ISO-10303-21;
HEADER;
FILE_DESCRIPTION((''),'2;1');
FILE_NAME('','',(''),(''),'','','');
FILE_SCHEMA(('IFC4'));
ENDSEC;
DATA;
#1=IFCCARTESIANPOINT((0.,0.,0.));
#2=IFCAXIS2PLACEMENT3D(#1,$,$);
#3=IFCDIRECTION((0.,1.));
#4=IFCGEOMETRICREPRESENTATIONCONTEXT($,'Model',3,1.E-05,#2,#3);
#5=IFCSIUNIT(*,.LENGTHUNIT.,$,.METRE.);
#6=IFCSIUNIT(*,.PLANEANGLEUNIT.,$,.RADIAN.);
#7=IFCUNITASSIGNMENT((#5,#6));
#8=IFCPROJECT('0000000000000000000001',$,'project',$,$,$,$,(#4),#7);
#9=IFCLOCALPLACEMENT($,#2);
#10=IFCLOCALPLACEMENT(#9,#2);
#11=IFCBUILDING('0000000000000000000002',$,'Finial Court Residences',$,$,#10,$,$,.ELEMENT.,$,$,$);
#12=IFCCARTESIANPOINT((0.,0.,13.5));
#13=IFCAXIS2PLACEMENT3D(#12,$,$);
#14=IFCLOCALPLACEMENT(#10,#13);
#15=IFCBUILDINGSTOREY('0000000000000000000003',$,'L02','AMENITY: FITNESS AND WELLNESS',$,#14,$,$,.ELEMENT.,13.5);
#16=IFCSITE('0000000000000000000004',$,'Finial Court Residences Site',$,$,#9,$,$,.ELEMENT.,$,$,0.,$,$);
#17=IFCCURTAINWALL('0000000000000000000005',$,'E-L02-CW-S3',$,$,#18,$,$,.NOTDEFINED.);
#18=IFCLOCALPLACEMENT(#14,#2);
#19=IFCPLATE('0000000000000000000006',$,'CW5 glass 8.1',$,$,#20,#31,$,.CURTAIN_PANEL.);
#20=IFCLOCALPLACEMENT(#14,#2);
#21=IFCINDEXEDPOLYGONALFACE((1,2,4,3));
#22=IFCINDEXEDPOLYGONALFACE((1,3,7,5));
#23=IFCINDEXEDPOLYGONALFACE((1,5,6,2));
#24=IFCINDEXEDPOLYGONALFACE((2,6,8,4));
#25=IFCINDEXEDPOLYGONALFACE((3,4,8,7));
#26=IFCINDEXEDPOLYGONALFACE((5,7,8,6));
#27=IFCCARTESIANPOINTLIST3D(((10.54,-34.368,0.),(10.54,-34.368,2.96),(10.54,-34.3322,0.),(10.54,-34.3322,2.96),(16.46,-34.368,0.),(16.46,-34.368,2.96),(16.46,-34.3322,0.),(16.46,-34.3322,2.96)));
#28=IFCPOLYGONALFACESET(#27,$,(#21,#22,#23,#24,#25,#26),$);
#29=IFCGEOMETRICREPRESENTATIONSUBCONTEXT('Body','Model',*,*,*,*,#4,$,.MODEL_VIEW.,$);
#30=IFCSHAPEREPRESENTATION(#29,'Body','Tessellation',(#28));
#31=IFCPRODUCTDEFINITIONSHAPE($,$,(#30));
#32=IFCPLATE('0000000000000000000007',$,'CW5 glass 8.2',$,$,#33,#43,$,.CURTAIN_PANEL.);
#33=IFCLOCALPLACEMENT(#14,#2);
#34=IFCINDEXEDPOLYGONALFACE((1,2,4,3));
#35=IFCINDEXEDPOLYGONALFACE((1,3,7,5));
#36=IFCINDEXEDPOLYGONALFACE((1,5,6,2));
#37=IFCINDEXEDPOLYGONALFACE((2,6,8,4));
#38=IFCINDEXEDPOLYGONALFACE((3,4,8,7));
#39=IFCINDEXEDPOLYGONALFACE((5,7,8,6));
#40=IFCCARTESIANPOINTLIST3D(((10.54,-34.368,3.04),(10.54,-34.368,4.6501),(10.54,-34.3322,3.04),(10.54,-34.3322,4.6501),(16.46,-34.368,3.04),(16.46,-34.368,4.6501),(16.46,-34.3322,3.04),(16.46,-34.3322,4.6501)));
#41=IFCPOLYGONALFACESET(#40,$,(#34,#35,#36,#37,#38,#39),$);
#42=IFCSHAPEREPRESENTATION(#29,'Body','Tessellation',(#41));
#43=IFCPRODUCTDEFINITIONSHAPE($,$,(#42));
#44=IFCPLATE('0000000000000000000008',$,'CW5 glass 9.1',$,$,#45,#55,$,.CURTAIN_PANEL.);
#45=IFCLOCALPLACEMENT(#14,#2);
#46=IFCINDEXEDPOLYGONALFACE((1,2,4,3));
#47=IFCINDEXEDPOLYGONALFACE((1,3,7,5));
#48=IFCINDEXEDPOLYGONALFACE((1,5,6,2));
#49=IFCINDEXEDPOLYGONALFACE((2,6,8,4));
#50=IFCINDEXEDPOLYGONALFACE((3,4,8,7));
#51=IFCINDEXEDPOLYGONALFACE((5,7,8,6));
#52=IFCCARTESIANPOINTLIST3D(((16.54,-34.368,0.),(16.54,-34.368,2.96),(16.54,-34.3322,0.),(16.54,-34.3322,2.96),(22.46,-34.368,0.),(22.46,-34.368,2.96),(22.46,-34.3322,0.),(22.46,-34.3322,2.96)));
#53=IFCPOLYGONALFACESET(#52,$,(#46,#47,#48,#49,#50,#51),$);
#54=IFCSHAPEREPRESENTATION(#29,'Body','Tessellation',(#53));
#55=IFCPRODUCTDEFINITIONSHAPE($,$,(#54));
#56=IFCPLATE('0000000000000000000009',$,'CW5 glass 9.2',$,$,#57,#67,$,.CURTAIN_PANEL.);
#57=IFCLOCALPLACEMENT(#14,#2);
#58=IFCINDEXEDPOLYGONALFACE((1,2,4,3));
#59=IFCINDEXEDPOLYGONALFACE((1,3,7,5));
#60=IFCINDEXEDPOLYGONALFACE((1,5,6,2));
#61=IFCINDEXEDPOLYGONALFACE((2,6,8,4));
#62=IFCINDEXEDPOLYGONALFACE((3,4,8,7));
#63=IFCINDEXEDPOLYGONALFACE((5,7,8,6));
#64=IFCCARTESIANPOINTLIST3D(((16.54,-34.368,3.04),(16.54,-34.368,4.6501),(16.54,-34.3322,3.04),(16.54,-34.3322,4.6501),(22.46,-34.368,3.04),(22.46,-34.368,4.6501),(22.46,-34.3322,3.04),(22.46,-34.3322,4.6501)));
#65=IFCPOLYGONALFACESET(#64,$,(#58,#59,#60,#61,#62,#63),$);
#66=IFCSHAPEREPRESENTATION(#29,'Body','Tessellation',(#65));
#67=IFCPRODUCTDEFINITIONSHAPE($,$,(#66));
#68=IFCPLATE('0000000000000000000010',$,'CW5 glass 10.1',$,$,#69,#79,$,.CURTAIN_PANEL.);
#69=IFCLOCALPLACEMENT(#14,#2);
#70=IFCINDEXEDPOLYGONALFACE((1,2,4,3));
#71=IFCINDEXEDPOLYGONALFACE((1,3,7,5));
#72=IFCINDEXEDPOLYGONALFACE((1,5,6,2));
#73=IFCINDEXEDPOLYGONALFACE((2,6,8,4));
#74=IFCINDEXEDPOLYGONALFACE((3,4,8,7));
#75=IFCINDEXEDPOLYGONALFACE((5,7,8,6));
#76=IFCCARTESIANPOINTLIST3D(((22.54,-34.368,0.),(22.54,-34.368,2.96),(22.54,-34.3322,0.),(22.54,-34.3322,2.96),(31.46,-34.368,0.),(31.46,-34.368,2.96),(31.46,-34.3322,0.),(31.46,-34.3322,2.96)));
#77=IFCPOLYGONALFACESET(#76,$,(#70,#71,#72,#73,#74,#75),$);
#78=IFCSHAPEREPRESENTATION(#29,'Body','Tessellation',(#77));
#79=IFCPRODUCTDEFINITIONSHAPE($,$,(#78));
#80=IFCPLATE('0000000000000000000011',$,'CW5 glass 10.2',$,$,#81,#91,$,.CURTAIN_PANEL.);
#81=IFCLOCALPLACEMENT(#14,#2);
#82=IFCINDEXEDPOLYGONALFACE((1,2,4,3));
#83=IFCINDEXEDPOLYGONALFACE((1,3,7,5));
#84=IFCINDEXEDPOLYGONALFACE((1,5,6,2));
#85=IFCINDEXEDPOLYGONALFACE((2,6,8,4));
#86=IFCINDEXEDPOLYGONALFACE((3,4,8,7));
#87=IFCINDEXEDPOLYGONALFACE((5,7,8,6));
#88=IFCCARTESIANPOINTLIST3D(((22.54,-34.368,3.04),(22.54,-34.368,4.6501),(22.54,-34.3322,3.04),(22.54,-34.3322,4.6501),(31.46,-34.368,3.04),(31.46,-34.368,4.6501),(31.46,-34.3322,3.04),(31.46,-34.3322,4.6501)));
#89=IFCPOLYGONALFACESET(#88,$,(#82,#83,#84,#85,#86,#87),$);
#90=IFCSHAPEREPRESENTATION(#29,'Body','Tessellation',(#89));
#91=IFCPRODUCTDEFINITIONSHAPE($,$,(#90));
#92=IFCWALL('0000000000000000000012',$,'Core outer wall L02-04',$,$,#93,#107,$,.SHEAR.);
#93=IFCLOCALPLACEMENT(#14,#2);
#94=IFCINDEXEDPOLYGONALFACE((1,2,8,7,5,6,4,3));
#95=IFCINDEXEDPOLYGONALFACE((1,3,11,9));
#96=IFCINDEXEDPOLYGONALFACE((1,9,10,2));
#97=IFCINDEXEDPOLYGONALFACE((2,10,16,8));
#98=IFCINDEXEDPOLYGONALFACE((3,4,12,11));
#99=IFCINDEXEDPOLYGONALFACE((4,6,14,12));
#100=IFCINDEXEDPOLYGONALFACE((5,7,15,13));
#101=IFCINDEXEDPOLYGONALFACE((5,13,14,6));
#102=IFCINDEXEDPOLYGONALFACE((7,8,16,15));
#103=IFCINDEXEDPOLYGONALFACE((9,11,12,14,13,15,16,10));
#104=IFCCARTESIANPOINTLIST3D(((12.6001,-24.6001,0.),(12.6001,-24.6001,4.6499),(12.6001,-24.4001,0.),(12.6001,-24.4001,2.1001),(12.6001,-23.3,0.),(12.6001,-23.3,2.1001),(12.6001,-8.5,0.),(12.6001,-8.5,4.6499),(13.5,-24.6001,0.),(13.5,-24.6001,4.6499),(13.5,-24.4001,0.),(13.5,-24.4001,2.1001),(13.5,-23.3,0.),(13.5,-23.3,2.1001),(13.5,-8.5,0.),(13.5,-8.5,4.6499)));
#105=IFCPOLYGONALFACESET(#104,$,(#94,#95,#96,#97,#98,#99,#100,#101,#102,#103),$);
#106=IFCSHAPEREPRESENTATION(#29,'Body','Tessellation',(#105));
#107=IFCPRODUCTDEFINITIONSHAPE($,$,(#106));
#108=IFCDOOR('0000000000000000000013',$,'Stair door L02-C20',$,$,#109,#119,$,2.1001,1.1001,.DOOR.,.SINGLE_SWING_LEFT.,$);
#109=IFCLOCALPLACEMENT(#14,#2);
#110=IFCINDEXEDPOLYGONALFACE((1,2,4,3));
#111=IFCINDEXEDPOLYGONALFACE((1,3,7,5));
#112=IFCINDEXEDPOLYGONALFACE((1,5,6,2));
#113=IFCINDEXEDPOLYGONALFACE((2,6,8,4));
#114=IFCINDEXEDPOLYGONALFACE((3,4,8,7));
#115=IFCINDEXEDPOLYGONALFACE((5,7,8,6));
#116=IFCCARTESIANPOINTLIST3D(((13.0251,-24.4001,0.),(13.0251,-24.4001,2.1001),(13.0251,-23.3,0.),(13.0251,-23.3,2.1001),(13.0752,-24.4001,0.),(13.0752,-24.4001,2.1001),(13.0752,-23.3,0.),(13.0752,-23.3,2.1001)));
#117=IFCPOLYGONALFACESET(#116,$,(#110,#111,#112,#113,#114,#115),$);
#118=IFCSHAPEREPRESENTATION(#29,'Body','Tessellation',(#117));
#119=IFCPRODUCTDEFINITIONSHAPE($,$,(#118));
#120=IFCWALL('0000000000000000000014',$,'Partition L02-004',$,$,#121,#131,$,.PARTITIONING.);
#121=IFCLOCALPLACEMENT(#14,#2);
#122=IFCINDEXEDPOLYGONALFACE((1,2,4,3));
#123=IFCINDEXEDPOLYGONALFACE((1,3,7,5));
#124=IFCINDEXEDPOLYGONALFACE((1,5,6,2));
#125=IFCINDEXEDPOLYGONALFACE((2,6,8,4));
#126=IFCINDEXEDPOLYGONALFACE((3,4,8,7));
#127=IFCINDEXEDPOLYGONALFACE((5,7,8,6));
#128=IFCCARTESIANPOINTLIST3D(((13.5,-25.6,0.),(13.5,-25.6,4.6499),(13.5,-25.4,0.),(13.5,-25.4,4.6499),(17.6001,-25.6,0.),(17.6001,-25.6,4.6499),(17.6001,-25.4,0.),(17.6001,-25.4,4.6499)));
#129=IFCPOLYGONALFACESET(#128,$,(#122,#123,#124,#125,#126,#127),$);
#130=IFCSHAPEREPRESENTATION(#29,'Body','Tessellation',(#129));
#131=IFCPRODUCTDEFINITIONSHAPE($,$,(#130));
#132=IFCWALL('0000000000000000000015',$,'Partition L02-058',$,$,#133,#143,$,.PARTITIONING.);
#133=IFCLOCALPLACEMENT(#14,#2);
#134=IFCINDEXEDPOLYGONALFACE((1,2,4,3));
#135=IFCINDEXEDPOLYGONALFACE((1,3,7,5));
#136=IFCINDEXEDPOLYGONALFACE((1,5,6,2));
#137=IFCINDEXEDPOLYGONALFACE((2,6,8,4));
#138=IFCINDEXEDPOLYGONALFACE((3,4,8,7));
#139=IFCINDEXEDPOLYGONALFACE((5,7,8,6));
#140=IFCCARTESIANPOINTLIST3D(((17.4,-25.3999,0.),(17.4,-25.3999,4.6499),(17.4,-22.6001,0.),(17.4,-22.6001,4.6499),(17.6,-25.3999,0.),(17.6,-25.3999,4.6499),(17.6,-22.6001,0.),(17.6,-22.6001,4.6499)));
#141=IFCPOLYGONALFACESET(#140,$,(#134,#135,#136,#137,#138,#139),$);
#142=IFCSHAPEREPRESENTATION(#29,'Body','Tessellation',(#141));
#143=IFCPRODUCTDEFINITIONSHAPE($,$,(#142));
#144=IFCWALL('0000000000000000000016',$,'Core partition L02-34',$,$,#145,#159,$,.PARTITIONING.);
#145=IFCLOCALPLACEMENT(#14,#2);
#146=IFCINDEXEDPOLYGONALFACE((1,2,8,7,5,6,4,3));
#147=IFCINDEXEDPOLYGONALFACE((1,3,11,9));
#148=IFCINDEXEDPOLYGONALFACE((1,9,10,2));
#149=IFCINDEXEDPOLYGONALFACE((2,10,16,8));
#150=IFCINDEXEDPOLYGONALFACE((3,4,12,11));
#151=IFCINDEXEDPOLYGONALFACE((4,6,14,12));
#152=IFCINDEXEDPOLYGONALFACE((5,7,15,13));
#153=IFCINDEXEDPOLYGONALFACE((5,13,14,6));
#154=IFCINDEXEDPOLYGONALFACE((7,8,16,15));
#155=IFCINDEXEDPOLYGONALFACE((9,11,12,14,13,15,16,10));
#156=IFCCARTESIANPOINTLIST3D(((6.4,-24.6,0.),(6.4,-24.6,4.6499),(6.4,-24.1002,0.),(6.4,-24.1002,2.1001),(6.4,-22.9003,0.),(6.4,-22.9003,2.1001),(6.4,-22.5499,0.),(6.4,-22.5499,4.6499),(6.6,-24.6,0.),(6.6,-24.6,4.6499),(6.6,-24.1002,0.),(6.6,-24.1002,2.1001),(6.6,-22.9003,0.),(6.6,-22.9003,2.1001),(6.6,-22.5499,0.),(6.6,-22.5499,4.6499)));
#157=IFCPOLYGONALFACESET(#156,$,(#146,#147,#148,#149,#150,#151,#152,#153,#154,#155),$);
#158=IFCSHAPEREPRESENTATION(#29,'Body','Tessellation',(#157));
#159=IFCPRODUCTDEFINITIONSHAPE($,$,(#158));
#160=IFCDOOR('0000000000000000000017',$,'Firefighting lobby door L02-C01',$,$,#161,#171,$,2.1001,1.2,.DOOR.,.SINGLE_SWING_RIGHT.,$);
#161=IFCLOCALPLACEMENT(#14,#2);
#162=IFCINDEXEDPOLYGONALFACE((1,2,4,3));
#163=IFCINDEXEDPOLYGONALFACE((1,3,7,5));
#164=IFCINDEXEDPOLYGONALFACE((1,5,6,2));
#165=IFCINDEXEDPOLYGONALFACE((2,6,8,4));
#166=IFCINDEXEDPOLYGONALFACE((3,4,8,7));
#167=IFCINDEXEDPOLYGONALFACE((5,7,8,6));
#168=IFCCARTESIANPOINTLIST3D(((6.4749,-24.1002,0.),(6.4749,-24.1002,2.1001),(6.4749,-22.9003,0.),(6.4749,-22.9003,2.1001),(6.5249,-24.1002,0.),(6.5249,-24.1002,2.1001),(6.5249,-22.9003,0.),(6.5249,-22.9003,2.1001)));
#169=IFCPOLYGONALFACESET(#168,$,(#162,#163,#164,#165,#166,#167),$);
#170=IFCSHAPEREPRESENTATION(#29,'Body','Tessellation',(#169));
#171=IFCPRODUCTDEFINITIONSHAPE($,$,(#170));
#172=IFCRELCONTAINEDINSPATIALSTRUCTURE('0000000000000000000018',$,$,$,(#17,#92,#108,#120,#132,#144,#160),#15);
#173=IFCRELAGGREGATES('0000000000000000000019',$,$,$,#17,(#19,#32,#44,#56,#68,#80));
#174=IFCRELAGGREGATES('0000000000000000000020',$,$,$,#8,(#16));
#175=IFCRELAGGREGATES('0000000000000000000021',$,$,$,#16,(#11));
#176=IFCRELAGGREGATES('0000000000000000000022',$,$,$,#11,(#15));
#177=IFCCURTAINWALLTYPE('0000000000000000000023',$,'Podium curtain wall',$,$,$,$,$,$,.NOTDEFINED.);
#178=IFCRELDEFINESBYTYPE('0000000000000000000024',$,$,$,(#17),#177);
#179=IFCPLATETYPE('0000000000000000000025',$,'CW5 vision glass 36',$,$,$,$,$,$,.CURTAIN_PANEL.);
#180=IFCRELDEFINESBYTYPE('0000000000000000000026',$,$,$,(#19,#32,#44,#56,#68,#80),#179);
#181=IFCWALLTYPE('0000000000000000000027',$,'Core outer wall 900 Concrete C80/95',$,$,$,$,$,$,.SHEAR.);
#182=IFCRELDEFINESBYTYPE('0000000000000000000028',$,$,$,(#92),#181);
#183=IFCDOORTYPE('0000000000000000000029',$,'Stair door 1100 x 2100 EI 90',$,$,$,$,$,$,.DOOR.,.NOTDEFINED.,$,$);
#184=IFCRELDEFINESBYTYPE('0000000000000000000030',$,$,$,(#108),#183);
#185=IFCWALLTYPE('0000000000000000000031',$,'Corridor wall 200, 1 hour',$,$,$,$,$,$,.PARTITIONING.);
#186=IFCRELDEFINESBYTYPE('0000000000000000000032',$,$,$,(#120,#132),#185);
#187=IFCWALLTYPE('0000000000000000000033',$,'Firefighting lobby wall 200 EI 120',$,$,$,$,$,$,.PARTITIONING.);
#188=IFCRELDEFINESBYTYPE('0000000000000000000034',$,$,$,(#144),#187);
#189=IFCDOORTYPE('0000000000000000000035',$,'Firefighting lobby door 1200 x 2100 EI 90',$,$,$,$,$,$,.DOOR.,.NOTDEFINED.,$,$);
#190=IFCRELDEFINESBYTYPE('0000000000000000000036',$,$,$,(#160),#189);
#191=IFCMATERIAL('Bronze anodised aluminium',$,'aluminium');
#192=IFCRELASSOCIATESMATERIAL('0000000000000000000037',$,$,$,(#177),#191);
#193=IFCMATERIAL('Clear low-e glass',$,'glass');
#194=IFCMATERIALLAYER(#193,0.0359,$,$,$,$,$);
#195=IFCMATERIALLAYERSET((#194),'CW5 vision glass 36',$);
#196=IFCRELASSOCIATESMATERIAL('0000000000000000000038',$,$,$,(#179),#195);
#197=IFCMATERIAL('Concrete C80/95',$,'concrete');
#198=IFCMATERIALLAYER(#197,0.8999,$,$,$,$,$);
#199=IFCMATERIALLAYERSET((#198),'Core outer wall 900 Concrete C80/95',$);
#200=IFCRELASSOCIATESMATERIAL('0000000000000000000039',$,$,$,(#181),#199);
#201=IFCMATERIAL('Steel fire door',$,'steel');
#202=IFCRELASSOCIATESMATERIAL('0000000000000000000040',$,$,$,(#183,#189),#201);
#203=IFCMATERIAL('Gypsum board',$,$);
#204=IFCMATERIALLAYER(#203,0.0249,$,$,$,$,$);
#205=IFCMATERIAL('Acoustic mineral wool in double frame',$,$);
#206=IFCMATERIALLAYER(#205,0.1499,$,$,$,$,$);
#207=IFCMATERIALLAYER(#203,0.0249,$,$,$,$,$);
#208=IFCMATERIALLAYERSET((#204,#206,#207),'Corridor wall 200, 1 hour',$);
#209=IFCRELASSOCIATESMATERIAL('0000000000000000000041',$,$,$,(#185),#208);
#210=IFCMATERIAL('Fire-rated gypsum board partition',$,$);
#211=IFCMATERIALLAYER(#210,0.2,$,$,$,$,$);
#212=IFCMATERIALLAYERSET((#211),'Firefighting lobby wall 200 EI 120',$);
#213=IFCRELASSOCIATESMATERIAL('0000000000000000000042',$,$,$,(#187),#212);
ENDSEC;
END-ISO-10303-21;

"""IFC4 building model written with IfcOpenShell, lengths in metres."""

from ifc_helpers import new_model, si_unit, direction, frame, frame_2d, origin, origin_2d, place, context, subcontext, project, spatial, rectangle, extrude, material, layer, layer_set, type_object, element, fill, aggregate, save


model = new_model("IFC4")

# Units and contexts
model_context = context("Model", 3, precision=1e-05, world=origin(), true_north=direction((0.0, 1.0)))
body_context = subcontext(model_context, "Body", "Model", "MODEL_VIEW")
ifc_project = project(units=[si_unit("LENGTHUNIT", "METRE"), si_unit("PLANEANGLEUNIT", "RADIAN")], contexts=[model_context])

# Site, building, storey
site_placement = place(None, origin())
site = spatial("IfcSite", under=ifc_project, at=site_placement, Name="Finial Court Residences Site", CompositionType="ELEMENT", RefElevation=0.0)
building_placement = place(site_placement, origin())
building = spatial("IfcBuilding", under=site, at=building_placement, Name="Finial Court Residences", CompositionType="ELEMENT")
storey_placement = place(building_placement, frame((0.0, 0.0, 13.5)))
storey = spatial("IfcBuildingStorey", under=building, at=storey_placement, Name="L02", Description="AMENITY: FITNESS AND WELLNESS", CompositionType="ELEMENT", Elevation=13.5)

# Shared definitions
ifc_material_1 = material(Name="Concrete C80/95", Category="concrete")

# Curtain wall, plates
ifc_material_2 = material(Name="Bronze anodised aluminium", Category="aluminium")
curtain_wall_type = type_object("IfcCurtainWallType", Name="Podium curtain wall", PredefinedType="NOTDEFINED", material=ifc_material_2)
curtain_wall_placement = place(storey_placement, origin())
curtain_wall = element("IfcCurtainWall", 1, at=curtain_wall_placement, inside=storey, type_object=curtain_wall_type, Name="E-L02-CW-S3", PredefinedType="NOTDEFINED")
ifc_material_3 = material(Name="Clear low-e glass", Category="glass")
ifc_layer_1 = layer(ifc_material_3, 0.0359)
ifc_layer_set_1 = layer_set([ifc_layer_1], Name="CW5 vision glass 36")
plate_type = type_object("IfcPlateType", Name="CW5 vision glass 36", PredefinedType="CURTAIN_PANEL", material=ifc_layer_set_1)
plate_1_placement = place(storey_placement, frame((13.5, -34.3501, 0.0), z_axis=(0.0, 0.0, 1.0), x_axis=(1.0, 0.0, 0.0)))
plate_1 = element("IfcPlate", 2, at=plate_1_placement, type_object=plate_type, Name="CW5 glass 8.1", PredefinedType="CURTAIN_PANEL", context=body_context, shape_type="SweptSolid", body=[
    extrude(rectangle(XDim=5.9199, YDim=0.0359, at=origin_2d()), origin(), (0.0, 0.0, 1.0), 2.96),
])
plate_2_placement = place(storey_placement, frame((13.5, -34.3501, 3.04), z_axis=(0.0, 0.0, 1.0), x_axis=(1.0, 0.0, 0.0)))
plate_2 = element("IfcPlate", 3, at=plate_2_placement, type_object=plate_type, Name="CW5 glass 8.2", PredefinedType="CURTAIN_PANEL", context=body_context, shape_type="SweptSolid", body=[
    extrude(rectangle(XDim=5.9199, YDim=0.0359, at=origin_2d()), origin(), (0.0, 0.0, 1.0), 1.6101),
])
plate_3_placement = place(storey_placement, frame((19.5, -34.3501, 0.0), z_axis=(0.0, 0.0, 1.0), x_axis=(1.0, 0.0, 0.0)))
plate_3 = element("IfcPlate", 4, at=plate_3_placement, type_object=plate_type, Name="CW5 glass 9.1", PredefinedType="CURTAIN_PANEL", context=body_context, shape_type="SweptSolid", body=[
    extrude(rectangle(XDim=5.9199, YDim=0.0359, at=origin_2d()), origin(), (0.0, 0.0, 1.0), 2.96),
])
plate_4_placement = place(storey_placement, frame((19.5, -34.3501, 3.04), z_axis=(0.0, 0.0, 1.0), x_axis=(1.0, 0.0, 0.0)))
plate_4 = element("IfcPlate", 5, at=plate_4_placement, type_object=plate_type, Name="CW5 glass 9.2", PredefinedType="CURTAIN_PANEL", context=body_context, shape_type="SweptSolid", body=[
    extrude(rectangle(XDim=5.9199, YDim=0.0359, at=origin_2d()), origin(), (0.0, 0.0, 1.0), 1.6101),
])
plate_5_placement = place(storey_placement, frame((27.0, -34.3501, 0.0), z_axis=(0.0, 0.0, 1.0), x_axis=(1.0, 0.0, 0.0)))
plate_5 = element("IfcPlate", 6, at=plate_5_placement, type_object=plate_type, Name="CW5 glass 10.1", PredefinedType="CURTAIN_PANEL", context=body_context, shape_type="SweptSolid", body=[
    extrude(rectangle(XDim=8.9199, YDim=0.0359, at=origin_2d()), origin(), (0.0, 0.0, 1.0), 2.96),
])
plate_6_placement = place(storey_placement, frame((27.0, -34.3501, 3.04), z_axis=(0.0, 0.0, 1.0), x_axis=(1.0, 0.0, 0.0)))
plate_6 = element("IfcPlate", 7, at=plate_6_placement, type_object=plate_type, Name="CW5 glass 10.2", PredefinedType="CURTAIN_PANEL", context=body_context, shape_type="SweptSolid", body=[
    extrude(rectangle(XDim=8.9199, YDim=0.0359, at=origin_2d()), origin(), (0.0, 0.0, 1.0), 1.6101),
])
aggregate(curtain_wall, [plate_1, plate_2, plate_3, plate_4, plate_5, plate_6])

# Wall, opening, door
ifc_layer_2 = layer(ifc_material_1, 0.8999)
ifc_layer_set_2 = layer_set([ifc_layer_2], Name="Core outer wall 900 Concrete C80/95")
wall_type_1 = type_object("IfcWallType", Name="Core outer wall 900 Concrete C80/95", PredefinedType="SHEAR", material=ifc_layer_set_2)
wall_1_placement = place(storey_placement, frame((13.05, -24.6001, 0.0), z_axis=(0.0, 0.0, 1.0), x_axis=(0.0, 1.0, 0.0)))
wall_1 = element("IfcWall", 8, at=wall_1_placement, inside=storey, type_object=wall_type_1, Name="Core outer wall L02-04", PredefinedType="SHEAR", context=body_context, shape_type="SweptSolid", body=[
    extrude(rectangle(XDim=16.1001, YDim=0.8999, at=frame_2d((8.05, 0.0))), origin(), (0.0, 0.0, 1.0), 4.6499),
])
opening_1_placement = place(wall_1_placement, frame((0.2, 0.0, 0.0)))
opening_1 = element("IfcOpeningElement", 9, at=opening_1_placement, cuts=wall_1, PredefinedType="OPENING", context=body_context, shape_type="SweptSolid", body=[
    extrude(rectangle(XDim=1.1001, YDim=2.1001, at=frame_2d((0.55, 1.05))), frame((0.0, 0.46, 0.0), z_axis=(0.0, -1.0, 0.0), x_axis=(1.0, 0.0, 0.0)), (0.0, 0.0, 1.0), 0.9199),
])
ifc_material_4 = material(Name="Steel fire door", Category="steel")
door_type_1 = type_object("IfcDoorType", Name="Stair door 1100 x 2100 EI 90", OperationType="NOTDEFINED", PredefinedType="DOOR", material=ifc_material_4)
door_1_placement = place(opening_1_placement, origin())
door_1 = element("IfcDoor", 10, at=door_1_placement, inside=storey, type_object=door_type_1, Name="Stair door L02-C20", OperationType="SINGLE_SWING_LEFT", OverallHeight=2.1001, OverallWidth=1.1001, PredefinedType="DOOR", context=body_context, shape_type="SweptSolid", body=[
    extrude(rectangle(XDim=1.1001, YDim=2.1001, at=frame_2d((0.55, 1.05))), frame((0.0, 0.0249, 0.0), z_axis=(0.0, -1.0, 0.0), x_axis=(1.0, 0.0, 0.0)), (0.0, 0.0, 1.0), 0.05),
])
fill(opening_1, door_1)

# Walls
ifc_material_5 = material(Name="Gypsum board")
ifc_layer_3 = layer(ifc_material_5, 0.0249)
ifc_material_6 = material(Name="Acoustic mineral wool in double frame")
ifc_layer_4 = layer(ifc_material_6, 0.1499)
ifc_layer_5 = layer(ifc_material_5, 0.0249)
ifc_layer_set_3 = layer_set([ifc_layer_3, ifc_layer_4, ifc_layer_5], Name="Corridor wall 200, 1 hour")
wall_type_2 = type_object("IfcWallType", Name="Corridor wall 200, 1 hour", PredefinedType="PARTITIONING", material=ifc_layer_set_3)
wall_2_placement = place(storey_placement, frame((13.5, -25.5, 0.0), z_axis=(0.0, 0.0, 1.0), x_axis=(1.0, 0.0, 0.0)))
element("IfcWall", 11, at=wall_2_placement, inside=storey, type_object=wall_type_2, Name="Partition L02-004", PredefinedType="PARTITIONING", context=body_context, shape_type="SweptSolid", body=[
    extrude(rectangle(XDim=4.1001, YDim=0.2, at=frame_2d((2.05, 0.0))), origin(), (0.0, 0.0, 1.0), 4.6499),
])
wall_3_placement = place(storey_placement, frame((17.5, -25.3999, 0.0), z_axis=(0.0, 0.0, 1.0), x_axis=(0.0, 1.0, 0.0)))
element("IfcWall", 12, at=wall_3_placement, inside=storey, type_object=wall_type_2, Name="Partition L02-058", PredefinedType="PARTITIONING", context=body_context, shape_type="SweptSolid", body=[
    extrude(rectangle(XDim=2.7998, YDim=0.2, at=frame_2d((1.3999, 0.0))), origin(), (0.0, 0.0, 1.0), 4.6499),
])

# Wall, opening, door
ifc_material_7 = material(Name="Fire-rated gypsum board partition")
ifc_layer_6 = layer(ifc_material_7, 0.2)
ifc_layer_set_4 = layer_set([ifc_layer_6], Name="Firefighting lobby wall 200 EI 120")
wall_type_3 = type_object("IfcWallType", Name="Firefighting lobby wall 200 EI 120", PredefinedType="PARTITIONING", material=ifc_layer_set_4)
wall_4_placement = place(storey_placement, frame((6.5, -22.55, 0.0), z_axis=(0.0, 0.0, 1.0), x_axis=(0.0, -1.0, 0.0)))
wall_4 = element("IfcWall", 13, at=wall_4_placement, inside=storey, type_object=wall_type_3, Name="Core partition L02-34", PredefinedType="PARTITIONING", context=body_context, shape_type="SweptSolid", body=[
    extrude(rectangle(XDim=2.05, YDim=0.2, at=frame_2d((1.0249, 0.0))), origin(), (0.0, 0.0, 1.0), 4.6499),
])
opening_2_placement = place(wall_4_placement, frame((0.3501, 0.0, 0.0)))
opening_2 = element("IfcOpeningElement", 14, at=opening_2_placement, cuts=wall_4, PredefinedType="OPENING", context=body_context, shape_type="SweptSolid", body=[
    extrude(rectangle(XDim=1.2, YDim=2.1001, at=frame_2d((0.6001, 1.05))), frame((0.0, 0.1099, 0.0), z_axis=(0.0, -1.0, 0.0), x_axis=(1.0, 0.0, 0.0)), (0.0, 0.0, 1.0), 0.22),
])
door_type_2 = type_object("IfcDoorType", Name="Firefighting lobby door 1200 x 2100 EI 90", OperationType="NOTDEFINED", PredefinedType="DOOR", material=ifc_material_4)
door_2_placement = place(opening_2_placement, origin())
door_2 = element("IfcDoor", 15, at=door_2_placement, inside=storey, type_object=door_type_2, Name="Firefighting lobby door L02-C01", OperationType="SINGLE_SWING_RIGHT", OverallHeight=2.1001, OverallWidth=1.2, PredefinedType="DOOR", context=body_context, shape_type="SweptSolid", body=[
    extrude(rectangle(XDim=1.2, YDim=2.1001, at=frame_2d((0.6001, 1.05))), frame((0.0, 0.0249, 0.0), z_axis=(0.0, -1.0, 0.0), x_axis=(1.0, 0.0, 0.0)), (0.0, 0.0, 1.0), 0.05),
])
fill(opening_2, door_2)

save(model, "model.ifc")
